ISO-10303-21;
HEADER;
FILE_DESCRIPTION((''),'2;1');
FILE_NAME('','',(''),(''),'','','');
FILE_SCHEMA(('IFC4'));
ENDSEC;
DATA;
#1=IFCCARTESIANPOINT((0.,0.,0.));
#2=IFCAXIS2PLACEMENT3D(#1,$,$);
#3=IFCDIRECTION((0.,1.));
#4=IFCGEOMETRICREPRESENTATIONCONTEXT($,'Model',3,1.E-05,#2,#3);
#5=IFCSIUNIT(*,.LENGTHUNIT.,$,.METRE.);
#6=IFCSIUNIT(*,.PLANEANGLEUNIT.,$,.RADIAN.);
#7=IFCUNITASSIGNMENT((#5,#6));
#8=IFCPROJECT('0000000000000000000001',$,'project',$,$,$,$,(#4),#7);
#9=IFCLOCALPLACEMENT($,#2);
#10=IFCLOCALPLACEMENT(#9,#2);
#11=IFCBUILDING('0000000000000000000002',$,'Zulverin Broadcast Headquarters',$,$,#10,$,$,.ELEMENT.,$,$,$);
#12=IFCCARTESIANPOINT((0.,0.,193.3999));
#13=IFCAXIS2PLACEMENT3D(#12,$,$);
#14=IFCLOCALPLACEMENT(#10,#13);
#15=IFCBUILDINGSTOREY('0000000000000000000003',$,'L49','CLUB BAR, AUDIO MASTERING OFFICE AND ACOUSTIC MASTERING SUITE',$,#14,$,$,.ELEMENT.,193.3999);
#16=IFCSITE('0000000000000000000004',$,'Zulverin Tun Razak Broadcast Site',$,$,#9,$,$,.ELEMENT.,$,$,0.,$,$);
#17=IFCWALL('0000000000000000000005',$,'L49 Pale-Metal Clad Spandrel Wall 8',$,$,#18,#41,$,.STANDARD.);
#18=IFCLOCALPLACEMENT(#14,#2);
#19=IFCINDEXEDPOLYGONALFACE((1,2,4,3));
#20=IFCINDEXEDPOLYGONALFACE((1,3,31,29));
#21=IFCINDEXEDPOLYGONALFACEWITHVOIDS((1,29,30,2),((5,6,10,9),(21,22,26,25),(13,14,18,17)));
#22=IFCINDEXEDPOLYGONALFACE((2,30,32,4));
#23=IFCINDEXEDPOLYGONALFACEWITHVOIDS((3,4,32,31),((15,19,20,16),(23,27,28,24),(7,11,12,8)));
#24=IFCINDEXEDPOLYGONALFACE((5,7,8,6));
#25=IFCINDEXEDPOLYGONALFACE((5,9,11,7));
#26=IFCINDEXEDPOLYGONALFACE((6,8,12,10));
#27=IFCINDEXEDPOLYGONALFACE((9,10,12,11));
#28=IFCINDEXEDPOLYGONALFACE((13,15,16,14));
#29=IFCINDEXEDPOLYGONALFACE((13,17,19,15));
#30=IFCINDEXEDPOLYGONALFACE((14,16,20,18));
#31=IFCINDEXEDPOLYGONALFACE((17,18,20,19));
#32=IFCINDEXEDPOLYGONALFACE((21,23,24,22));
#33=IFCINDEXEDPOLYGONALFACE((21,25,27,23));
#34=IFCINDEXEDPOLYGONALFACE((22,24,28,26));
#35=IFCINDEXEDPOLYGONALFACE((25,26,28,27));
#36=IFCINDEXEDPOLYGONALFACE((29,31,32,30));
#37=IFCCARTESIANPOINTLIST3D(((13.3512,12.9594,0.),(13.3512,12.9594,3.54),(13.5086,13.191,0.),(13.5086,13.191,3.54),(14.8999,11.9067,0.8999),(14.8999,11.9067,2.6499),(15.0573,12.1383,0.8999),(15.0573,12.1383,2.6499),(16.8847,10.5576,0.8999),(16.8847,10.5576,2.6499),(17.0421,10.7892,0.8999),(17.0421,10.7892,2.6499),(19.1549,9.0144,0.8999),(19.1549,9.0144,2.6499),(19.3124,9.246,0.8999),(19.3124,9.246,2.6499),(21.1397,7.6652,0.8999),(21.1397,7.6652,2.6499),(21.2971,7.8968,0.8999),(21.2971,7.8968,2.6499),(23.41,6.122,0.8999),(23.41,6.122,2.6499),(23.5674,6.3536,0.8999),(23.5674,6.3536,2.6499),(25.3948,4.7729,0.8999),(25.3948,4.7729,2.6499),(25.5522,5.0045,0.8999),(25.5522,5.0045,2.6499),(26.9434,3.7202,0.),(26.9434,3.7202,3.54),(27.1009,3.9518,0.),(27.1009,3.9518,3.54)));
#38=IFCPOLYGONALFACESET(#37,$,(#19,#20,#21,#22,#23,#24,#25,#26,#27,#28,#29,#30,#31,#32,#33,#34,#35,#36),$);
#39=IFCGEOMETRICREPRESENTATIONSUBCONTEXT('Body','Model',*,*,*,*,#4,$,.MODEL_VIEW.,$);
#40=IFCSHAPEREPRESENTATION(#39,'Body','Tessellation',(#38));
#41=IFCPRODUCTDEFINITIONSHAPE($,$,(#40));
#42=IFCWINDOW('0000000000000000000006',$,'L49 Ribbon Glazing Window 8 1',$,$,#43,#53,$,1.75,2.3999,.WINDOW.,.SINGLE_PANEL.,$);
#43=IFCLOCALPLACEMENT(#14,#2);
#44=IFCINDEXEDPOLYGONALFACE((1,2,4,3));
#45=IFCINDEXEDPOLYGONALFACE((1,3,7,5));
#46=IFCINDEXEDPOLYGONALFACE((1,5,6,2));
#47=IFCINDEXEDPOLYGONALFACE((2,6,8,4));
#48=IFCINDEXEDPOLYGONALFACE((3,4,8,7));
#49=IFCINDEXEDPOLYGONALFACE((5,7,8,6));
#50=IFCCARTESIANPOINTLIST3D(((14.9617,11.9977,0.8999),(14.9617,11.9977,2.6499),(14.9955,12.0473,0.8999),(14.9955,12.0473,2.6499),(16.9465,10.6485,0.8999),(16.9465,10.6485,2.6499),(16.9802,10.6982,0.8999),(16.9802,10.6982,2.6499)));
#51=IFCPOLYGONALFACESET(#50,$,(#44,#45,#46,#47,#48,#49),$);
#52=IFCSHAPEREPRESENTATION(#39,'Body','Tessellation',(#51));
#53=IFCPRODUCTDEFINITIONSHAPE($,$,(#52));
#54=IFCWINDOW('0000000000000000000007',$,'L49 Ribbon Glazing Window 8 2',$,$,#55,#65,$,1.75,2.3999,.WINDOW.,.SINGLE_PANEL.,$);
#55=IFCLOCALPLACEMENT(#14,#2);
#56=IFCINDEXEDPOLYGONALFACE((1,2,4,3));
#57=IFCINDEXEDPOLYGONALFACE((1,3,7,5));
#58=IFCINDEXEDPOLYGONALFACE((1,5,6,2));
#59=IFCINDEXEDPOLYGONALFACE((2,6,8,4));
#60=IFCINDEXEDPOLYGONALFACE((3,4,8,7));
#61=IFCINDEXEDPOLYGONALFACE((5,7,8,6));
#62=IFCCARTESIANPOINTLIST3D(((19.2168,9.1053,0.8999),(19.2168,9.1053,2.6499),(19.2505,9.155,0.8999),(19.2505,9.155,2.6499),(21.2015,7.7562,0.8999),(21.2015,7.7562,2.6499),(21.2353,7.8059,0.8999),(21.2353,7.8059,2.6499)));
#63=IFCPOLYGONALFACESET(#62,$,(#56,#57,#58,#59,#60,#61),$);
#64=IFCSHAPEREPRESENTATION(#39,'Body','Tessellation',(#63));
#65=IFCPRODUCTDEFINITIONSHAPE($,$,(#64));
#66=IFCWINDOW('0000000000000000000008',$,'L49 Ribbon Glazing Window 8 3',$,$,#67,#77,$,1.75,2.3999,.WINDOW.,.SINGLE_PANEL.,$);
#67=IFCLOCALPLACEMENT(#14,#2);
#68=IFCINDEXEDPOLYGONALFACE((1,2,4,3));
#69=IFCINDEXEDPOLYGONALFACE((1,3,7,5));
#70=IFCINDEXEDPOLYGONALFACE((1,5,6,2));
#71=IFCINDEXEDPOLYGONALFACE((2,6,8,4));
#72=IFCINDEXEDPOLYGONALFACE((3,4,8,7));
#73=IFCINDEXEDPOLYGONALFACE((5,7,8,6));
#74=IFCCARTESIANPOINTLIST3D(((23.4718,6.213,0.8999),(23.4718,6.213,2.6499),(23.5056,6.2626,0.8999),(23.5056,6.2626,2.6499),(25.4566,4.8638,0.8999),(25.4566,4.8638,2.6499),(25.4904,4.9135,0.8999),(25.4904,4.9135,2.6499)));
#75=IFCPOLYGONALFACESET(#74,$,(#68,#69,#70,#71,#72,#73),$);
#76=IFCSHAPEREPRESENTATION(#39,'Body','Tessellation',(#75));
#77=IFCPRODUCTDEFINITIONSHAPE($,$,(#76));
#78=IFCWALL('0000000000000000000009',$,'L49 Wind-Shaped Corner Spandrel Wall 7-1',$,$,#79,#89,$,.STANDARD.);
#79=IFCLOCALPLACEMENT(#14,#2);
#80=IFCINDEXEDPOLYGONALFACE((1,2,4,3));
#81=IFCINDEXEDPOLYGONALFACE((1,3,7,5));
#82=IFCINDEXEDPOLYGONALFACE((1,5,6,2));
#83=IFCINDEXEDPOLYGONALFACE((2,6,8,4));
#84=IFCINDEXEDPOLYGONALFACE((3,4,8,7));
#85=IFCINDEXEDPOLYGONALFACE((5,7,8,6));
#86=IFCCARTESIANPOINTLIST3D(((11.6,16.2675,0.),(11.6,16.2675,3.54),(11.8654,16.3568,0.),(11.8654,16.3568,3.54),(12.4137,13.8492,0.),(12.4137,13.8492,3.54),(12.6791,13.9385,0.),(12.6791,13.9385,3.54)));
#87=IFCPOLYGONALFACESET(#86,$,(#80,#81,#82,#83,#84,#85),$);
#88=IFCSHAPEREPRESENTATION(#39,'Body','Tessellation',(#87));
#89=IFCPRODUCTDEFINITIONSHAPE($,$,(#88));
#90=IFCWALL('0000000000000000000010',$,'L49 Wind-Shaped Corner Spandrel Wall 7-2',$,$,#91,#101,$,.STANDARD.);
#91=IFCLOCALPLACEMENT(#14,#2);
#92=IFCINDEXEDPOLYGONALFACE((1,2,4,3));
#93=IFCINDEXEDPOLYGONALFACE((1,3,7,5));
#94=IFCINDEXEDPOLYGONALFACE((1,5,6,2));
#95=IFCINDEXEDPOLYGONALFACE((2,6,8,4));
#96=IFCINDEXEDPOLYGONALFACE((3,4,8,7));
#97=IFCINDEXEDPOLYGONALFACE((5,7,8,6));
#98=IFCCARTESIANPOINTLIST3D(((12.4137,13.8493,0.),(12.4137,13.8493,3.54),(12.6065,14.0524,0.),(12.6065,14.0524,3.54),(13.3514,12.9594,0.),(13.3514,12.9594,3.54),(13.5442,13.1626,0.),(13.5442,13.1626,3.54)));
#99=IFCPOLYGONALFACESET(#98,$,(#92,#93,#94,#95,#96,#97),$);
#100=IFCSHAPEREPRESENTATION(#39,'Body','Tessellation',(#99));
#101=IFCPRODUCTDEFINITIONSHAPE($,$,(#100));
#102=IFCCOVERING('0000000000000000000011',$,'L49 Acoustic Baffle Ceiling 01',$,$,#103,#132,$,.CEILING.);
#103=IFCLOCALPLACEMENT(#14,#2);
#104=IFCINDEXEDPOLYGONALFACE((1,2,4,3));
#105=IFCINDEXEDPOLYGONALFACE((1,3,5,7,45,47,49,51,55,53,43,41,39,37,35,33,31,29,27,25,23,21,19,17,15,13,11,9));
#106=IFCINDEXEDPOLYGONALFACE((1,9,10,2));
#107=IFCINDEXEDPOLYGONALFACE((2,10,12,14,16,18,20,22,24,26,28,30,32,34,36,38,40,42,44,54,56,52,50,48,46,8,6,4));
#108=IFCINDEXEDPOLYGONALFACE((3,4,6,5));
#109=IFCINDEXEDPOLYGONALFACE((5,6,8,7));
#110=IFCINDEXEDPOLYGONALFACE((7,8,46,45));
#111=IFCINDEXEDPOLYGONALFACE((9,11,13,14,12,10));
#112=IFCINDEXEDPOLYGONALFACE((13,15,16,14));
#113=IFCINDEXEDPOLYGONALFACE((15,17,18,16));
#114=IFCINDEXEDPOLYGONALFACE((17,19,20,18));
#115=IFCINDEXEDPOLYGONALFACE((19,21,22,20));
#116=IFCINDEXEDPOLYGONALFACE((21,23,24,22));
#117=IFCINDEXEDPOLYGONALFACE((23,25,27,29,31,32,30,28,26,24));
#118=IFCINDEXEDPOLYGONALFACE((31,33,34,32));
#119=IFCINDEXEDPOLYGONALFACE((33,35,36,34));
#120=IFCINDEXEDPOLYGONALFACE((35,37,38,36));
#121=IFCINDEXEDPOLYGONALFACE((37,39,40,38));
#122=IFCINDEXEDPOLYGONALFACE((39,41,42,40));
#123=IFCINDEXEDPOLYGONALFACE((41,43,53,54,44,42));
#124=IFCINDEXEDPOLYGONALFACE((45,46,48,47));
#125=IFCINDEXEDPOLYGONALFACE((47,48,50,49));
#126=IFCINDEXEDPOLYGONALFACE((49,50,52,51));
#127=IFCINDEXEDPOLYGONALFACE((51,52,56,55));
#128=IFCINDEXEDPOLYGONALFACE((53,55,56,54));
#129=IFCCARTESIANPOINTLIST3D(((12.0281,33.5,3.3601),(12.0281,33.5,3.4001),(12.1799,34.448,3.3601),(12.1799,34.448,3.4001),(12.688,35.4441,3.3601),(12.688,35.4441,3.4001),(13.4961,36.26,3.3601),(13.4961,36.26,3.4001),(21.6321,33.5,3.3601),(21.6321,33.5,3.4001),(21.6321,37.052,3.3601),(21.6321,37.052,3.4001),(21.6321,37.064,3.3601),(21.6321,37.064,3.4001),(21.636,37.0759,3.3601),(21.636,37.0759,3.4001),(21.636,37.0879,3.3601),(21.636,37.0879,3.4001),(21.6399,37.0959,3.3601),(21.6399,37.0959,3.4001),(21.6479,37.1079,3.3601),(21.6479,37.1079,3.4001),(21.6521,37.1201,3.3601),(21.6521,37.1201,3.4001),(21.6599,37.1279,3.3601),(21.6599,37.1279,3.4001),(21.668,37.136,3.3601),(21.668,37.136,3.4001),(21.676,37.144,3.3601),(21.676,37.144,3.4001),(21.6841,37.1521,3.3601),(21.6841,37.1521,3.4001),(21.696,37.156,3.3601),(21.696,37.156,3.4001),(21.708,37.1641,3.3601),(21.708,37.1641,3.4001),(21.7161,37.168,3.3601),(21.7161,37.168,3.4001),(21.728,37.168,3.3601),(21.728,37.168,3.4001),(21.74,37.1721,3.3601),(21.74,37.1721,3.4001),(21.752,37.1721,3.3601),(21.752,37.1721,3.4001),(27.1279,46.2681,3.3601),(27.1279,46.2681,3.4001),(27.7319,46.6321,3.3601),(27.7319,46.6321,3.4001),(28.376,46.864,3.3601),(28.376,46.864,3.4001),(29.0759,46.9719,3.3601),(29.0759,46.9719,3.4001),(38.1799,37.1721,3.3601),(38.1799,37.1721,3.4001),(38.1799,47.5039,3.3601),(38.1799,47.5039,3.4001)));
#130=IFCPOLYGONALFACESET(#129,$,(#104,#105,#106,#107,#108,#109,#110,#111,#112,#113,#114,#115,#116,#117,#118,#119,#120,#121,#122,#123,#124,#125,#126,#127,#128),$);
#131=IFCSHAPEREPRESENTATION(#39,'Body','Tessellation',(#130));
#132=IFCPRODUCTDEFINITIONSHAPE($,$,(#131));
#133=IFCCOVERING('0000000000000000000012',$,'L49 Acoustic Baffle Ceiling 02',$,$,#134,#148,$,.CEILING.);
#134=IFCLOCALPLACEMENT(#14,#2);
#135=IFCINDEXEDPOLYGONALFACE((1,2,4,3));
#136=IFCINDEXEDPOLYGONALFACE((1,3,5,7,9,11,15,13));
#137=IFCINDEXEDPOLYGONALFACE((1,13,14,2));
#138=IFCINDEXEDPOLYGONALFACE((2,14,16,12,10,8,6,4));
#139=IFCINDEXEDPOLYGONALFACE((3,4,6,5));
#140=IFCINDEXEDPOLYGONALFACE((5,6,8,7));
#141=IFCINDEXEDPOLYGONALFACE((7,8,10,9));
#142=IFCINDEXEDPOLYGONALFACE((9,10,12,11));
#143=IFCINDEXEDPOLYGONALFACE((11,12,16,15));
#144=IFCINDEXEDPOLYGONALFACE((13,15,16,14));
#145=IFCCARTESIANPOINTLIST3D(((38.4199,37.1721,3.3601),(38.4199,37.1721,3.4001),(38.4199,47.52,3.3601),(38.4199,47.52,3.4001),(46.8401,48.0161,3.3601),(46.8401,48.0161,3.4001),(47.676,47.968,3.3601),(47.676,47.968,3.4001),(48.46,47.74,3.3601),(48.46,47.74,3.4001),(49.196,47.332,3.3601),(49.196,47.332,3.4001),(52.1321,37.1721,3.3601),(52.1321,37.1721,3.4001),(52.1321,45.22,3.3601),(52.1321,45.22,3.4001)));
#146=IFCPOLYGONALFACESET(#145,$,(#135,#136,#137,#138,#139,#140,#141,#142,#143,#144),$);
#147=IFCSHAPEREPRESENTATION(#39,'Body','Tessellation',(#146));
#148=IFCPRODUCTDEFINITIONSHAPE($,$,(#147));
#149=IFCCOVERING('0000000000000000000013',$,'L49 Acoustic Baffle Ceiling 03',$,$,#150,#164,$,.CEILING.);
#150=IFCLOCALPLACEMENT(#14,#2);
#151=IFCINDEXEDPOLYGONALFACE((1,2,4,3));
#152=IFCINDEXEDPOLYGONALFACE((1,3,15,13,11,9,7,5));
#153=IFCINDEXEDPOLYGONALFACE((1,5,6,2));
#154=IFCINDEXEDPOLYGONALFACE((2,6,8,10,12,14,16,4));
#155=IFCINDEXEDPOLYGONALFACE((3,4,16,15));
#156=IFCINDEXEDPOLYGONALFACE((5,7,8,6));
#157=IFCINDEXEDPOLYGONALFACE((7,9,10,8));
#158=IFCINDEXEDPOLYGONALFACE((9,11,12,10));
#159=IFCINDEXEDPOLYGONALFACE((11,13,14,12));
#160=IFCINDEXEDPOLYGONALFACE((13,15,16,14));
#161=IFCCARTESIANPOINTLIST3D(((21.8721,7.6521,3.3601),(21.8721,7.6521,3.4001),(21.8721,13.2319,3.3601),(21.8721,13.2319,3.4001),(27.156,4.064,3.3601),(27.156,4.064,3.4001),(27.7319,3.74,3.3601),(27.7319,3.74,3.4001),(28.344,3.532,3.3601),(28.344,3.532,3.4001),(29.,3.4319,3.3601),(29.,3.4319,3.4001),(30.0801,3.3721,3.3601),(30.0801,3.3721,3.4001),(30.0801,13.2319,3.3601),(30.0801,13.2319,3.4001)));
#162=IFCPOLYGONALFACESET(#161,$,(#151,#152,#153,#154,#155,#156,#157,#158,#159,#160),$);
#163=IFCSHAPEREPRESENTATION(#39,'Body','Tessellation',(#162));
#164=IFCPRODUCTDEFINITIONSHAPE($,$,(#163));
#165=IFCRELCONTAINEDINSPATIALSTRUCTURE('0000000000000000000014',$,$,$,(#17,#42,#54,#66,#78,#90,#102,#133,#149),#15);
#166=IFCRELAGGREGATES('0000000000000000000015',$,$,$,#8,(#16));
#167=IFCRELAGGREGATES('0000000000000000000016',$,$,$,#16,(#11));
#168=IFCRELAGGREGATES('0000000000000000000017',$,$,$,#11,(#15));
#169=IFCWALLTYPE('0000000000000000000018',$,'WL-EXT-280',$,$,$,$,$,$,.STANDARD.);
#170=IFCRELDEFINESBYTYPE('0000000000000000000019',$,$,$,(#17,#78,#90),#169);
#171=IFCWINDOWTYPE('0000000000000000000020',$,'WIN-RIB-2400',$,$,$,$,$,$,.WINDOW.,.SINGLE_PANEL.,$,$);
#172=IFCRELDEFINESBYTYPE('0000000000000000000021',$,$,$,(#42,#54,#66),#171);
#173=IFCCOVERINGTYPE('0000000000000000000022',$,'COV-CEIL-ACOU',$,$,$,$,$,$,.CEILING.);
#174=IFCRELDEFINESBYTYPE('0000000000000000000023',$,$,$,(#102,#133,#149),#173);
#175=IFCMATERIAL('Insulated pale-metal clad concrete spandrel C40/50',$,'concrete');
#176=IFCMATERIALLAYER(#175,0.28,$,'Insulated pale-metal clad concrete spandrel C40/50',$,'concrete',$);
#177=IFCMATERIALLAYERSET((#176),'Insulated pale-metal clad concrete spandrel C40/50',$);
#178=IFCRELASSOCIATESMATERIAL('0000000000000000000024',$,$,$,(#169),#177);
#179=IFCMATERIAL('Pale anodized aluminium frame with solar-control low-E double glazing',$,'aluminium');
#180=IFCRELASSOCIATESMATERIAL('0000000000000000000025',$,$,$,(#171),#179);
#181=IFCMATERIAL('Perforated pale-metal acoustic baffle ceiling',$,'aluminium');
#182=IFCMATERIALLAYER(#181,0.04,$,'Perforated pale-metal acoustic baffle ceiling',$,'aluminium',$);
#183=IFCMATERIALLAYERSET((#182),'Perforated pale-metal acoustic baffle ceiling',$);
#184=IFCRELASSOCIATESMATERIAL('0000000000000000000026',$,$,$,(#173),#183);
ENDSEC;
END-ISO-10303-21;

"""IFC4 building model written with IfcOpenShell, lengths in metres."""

from ifc_helpers import new_model, si_unit, direction, frame, frame_2d, origin, place, context, subcontext, project, spatial, polyline, rectangle, outline, extrude, material, layer, layer_set, type_object, element, fill, save


model = new_model("IFC4")

# Units and contexts
model_context = context("Model", 3, precision=1e-05, world=origin(), true_north=direction((0.0, 1.0)))
body_context = subcontext(model_context, "Body", "Model", "MODEL_VIEW")
ifc_project = project(units=[si_unit("LENGTHUNIT", "METRE"), si_unit("PLANEANGLEUNIT", "RADIAN")], contexts=[model_context])

# Site, building, storey
site_placement = place(None, origin())
site = spatial("IfcSite", under=ifc_project, at=site_placement, Name="Zulverin Tun Razak Broadcast Site", CompositionType="ELEMENT", RefElevation=0.0)
building_placement = place(site_placement, origin())
building = spatial("IfcBuilding", under=site, at=building_placement, Name="Zulverin Broadcast Headquarters", CompositionType="ELEMENT")
storey_placement = place(building_placement, frame((0.0, 0.0, 193.3999)))
storey = spatial("IfcBuildingStorey", under=building, at=storey_placement, Name="L49", Description="CLUB BAR, AUDIO MASTERING OFFICE AND ACOUSTIC MASTERING SUITE", CompositionType="ELEMENT", Elevation=193.3999)

# Wall, openings, windows
ifc_material_1 = material(Name="Insulated pale-metal clad concrete spandrel C40/50", Category="concrete")
ifc_layer_1 = layer(ifc_material_1, 0.28, Name="Insulated pale-metal clad concrete spandrel C40/50", Category="concrete")
ifc_layer_set_1 = layer_set([ifc_layer_1], Name="Insulated pale-metal clad concrete spandrel C40/50")
wall_type = type_object("IfcWallType", Name="WL-EXT-280", PredefinedType="STANDARD", material=ifc_layer_set_1)
wall_1_placement = place(storey_placement, frame((13.4299, 13.0752, 0.0), z_axis=(0.0, 0.0, 1.0), x_axis=(0.827025, -0.562165, 0.0)))
wall_1 = element("IfcWall", 1, at=wall_1_placement, inside=storey, type_object=wall_type, Name="L49 Pale-Metal Clad Spandrel Wall 8", PredefinedType="STANDARD", context=body_context, shape_type="SweptSolid", body=[
    extrude(rectangle(XDim=16.4351, YDim=0.28, at=frame_2d((8.2175, 0.0))), origin(), (0.0, 0.0, 1.0), 3.54),
])
opening_1_placement = place(wall_1_placement, frame((1.8726, 0.0, 0.8999)))
opening_1 = element("IfcOpeningElement", 2, at=opening_1_placement, cuts=wall_1, PredefinedType="OPENING", context=body_context, shape_type="SweptSolid", body=[
    extrude(rectangle(XDim=2.3999, YDim=1.75, at=frame_2d((1.2, 0.875))), frame((0.0, 0.1499, 0.0), z_axis=(0.0, -1.0, 0.0), x_axis=(1.0, 0.0, 0.0)), (0.0, 0.0, 1.0), 0.3),
])
opening_2_placement = place(wall_1_placement, frame((7.0176, 0.0, 0.8999)))
opening_2 = element("IfcOpeningElement", 3, at=opening_2_placement, cuts=wall_1, PredefinedType="OPENING", context=body_context, shape_type="SweptSolid", body=[
    extrude(rectangle(XDim=2.3999, YDim=1.75, at=frame_2d((1.2, 0.875))), frame((0.0, 0.1499, 0.0), z_axis=(0.0, -1.0, 0.0), x_axis=(1.0, 0.0, 0.0)), (0.0, 0.0, 1.0), 0.3),
])
opening_3_placement = place(wall_1_placement, frame((12.1626, 0.0, 0.8999)))
opening_3 = element("IfcOpeningElement", 4, at=opening_3_placement, cuts=wall_1, PredefinedType="OPENING", context=body_context, shape_type="SweptSolid", body=[
    extrude(rectangle(XDim=2.3999, YDim=1.75, at=frame_2d((1.2, 0.875))), frame((0.0, 0.1499, 0.0), z_axis=(0.0, -1.0, 0.0), x_axis=(1.0, 0.0, 0.0)), (0.0, 0.0, 1.0), 0.3),
])
ifc_material_2 = material(Name="Pale anodized aluminium frame with solar-control low-E double glazing", Category="aluminium")
window_type = type_object("IfcWindowType", Name="WIN-RIB-2400", PartitioningType="SINGLE_PANEL", PredefinedType="WINDOW", material=ifc_material_2)
window_1_placement = place(opening_1_placement, origin())
window_1 = element("IfcWindow", 5, at=window_1_placement, inside=storey, type_object=window_type, Name="L49 Ribbon Glazing Window 8 1", OverallHeight=1.75, OverallWidth=2.3999, PartitioningType="SINGLE_PANEL", PredefinedType="WINDOW", context=body_context, shape_type="SweptSolid", body=[
    extrude(rectangle(XDim=2.3999, YDim=1.75, at=frame_2d((1.2, 0.875))), frame((0.0, 0.03, 0.0), z_axis=(0.0, -1.0, 0.0), x_axis=(1.0, 0.0, 0.0)), (0.0, 0.0, 1.0), 0.0601),
])
fill(opening_1, window_1)
window_2_placement = place(opening_2_placement, origin())
window_2 = element("IfcWindow", 6, at=window_2_placement, inside=storey, type_object=window_type, Name="L49 Ribbon Glazing Window 8 2", OverallHeight=1.75, OverallWidth=2.3999, PartitioningType="SINGLE_PANEL", PredefinedType="WINDOW", context=body_context, shape_type="SweptSolid", body=[
    extrude(rectangle(XDim=2.3999, YDim=1.75, at=frame_2d((1.2, 0.875))), frame((0.0, 0.03, 0.0), z_axis=(0.0, -1.0, 0.0), x_axis=(1.0, 0.0, 0.0)), (0.0, 0.0, 1.0), 0.0601),
])
fill(opening_2, window_2)
window_3_placement = place(opening_3_placement, origin())
window_3 = element("IfcWindow", 7, at=window_3_placement, inside=storey, type_object=window_type, Name="L49 Ribbon Glazing Window 8 3", OverallHeight=1.75, OverallWidth=2.3999, PartitioningType="SINGLE_PANEL", PredefinedType="WINDOW", context=body_context, shape_type="SweptSolid", body=[
    extrude(rectangle(XDim=2.3999, YDim=1.75, at=frame_2d((1.2, 0.875))), frame((0.0, 0.03, 0.0), z_axis=(0.0, -1.0, 0.0), x_axis=(1.0, 0.0, 0.0)), (0.0, 0.0, 1.0), 0.0601),
])
fill(opening_3, window_3)

# Walls
wall_2_placement = place(storey_placement, frame((11.7327, 16.3123, 0.0), z_axis=(0.0, 0.0, 1.0), x_axis=(0.318925, -0.94778, 0.0)))
element("IfcWall", 8, at=wall_2_placement, inside=storey, type_object=wall_type, Name="L49 Wind-Shaped Corner Spandrel Wall 7-1", PredefinedType="STANDARD", context=body_context, shape_type="SweptSolid", body=[
    extrude(rectangle(XDim=2.5515, YDim=0.28, at=frame_2d((1.2759, 0.0))), origin(), (0.0, 0.0, 1.0), 3.54),
])
wall_3_placement = place(storey_placement, frame((12.51, 13.9509, 0.0), z_axis=(0.0, 0.0, 1.0), x_axis=(0.725372, -0.688357, 0.0)))
element("IfcWall", 9, at=wall_3_placement, inside=storey, type_object=wall_type, Name="L49 Wind-Shaped Corner Spandrel Wall 7-2", PredefinedType="STANDARD", context=body_context, shape_type="SweptSolid", body=[
    extrude(rectangle(XDim=1.2927, YDim=0.28, at=frame_2d((0.6465, 0.0))), origin(), (0.0, 0.0, 1.0), 3.54),
])

# Coverings
ifc_material_3 = material(Name="Perforated pale-metal acoustic baffle ceiling", Category="aluminium")
ifc_layer_2 = layer(ifc_material_3, 0.04, Name="Perforated pale-metal acoustic baffle ceiling", Category="aluminium")
ifc_layer_set_2 = layer_set([ifc_layer_2], Name="Perforated pale-metal acoustic baffle ceiling")
covering_type_1 = type_object("IfcCoveringType", Name="COV-CEIL-ACOU", PredefinedType="CEILING", material=ifc_layer_set_2)
covering_1_placement = place(storey_placement, frame((0.0, 0.0, 3.3601)))
element("IfcCovering", 10, at=covering_1_placement, inside=storey, type_object=covering_type_1, Name="L49 Acoustic Baffle Ceiling 01", PredefinedType="CEILING", context=body_context, shape_type="SweptSolid", body=[
    extrude(outline(polyline([(28.376, 46.864), (27.7319, 46.6321), (27.1279, 46.2681), (13.4961, 36.26), (12.688, 35.4441), (12.1799, 34.448), (12.0281, 33.5), (21.6321, 33.5), (21.6321, 37.052), (21.6321, 37.064), (21.636, 37.0759), (21.636, 37.0879), (21.6399, 37.0959), (21.6479, 37.1079), (21.6521, 37.1201), (21.6599, 37.1279), (21.668, 37.136), (21.676, 37.144), (21.6841, 37.1521), (21.696, 37.156), (21.708, 37.1641), (21.7161, 37.168), (21.728, 37.168), (21.74, 37.1721), (21.752, 37.1721), (38.1799, 37.1721), (38.1799, 47.5039), (29.0759, 46.9719), (28.376, 46.864)])), origin(), (0.0, 0.0, 1.0), 0.04),
])
covering_2_placement = place(storey_placement, frame((0.0, 0.0, 3.3601)))
element("IfcCovering", 11, at=covering_2_placement, inside=storey, type_object=covering_type_1, Name="L49 Acoustic Baffle Ceiling 02", PredefinedType="CEILING", context=body_context, shape_type="SweptSolid", body=[
    extrude(outline(polyline([(52.1321, 37.1721), (52.1321, 45.22), (49.196, 47.332), (48.46, 47.74), (47.676, 47.968), (46.8401, 48.0161), (38.4199, 47.52), (38.4199, 37.1721), (52.1321, 37.1721)])), origin(), (0.0, 0.0, 1.0), 0.04),
])
covering_3_placement = place(storey_placement, frame((0.0, 0.0, 3.3601)))
element("IfcCovering", 12, at=covering_3_placement, inside=storey, type_object=covering_type_1, Name="L49 Acoustic Baffle Ceiling 03", PredefinedType="CEILING", context=body_context, shape_type="SweptSolid", body=[
    extrude(outline(polyline([(27.7319, 3.74), (28.344, 3.532), (29.0, 3.4319), (30.0801, 3.3721), (30.0801, 13.2319), (21.8721, 13.2319), (21.8721, 7.6521), (27.156, 4.064), (27.7319, 3.74)])), origin(), (0.0, 0.0, 1.0), 0.04),
])

save(model, "model.ifc")
